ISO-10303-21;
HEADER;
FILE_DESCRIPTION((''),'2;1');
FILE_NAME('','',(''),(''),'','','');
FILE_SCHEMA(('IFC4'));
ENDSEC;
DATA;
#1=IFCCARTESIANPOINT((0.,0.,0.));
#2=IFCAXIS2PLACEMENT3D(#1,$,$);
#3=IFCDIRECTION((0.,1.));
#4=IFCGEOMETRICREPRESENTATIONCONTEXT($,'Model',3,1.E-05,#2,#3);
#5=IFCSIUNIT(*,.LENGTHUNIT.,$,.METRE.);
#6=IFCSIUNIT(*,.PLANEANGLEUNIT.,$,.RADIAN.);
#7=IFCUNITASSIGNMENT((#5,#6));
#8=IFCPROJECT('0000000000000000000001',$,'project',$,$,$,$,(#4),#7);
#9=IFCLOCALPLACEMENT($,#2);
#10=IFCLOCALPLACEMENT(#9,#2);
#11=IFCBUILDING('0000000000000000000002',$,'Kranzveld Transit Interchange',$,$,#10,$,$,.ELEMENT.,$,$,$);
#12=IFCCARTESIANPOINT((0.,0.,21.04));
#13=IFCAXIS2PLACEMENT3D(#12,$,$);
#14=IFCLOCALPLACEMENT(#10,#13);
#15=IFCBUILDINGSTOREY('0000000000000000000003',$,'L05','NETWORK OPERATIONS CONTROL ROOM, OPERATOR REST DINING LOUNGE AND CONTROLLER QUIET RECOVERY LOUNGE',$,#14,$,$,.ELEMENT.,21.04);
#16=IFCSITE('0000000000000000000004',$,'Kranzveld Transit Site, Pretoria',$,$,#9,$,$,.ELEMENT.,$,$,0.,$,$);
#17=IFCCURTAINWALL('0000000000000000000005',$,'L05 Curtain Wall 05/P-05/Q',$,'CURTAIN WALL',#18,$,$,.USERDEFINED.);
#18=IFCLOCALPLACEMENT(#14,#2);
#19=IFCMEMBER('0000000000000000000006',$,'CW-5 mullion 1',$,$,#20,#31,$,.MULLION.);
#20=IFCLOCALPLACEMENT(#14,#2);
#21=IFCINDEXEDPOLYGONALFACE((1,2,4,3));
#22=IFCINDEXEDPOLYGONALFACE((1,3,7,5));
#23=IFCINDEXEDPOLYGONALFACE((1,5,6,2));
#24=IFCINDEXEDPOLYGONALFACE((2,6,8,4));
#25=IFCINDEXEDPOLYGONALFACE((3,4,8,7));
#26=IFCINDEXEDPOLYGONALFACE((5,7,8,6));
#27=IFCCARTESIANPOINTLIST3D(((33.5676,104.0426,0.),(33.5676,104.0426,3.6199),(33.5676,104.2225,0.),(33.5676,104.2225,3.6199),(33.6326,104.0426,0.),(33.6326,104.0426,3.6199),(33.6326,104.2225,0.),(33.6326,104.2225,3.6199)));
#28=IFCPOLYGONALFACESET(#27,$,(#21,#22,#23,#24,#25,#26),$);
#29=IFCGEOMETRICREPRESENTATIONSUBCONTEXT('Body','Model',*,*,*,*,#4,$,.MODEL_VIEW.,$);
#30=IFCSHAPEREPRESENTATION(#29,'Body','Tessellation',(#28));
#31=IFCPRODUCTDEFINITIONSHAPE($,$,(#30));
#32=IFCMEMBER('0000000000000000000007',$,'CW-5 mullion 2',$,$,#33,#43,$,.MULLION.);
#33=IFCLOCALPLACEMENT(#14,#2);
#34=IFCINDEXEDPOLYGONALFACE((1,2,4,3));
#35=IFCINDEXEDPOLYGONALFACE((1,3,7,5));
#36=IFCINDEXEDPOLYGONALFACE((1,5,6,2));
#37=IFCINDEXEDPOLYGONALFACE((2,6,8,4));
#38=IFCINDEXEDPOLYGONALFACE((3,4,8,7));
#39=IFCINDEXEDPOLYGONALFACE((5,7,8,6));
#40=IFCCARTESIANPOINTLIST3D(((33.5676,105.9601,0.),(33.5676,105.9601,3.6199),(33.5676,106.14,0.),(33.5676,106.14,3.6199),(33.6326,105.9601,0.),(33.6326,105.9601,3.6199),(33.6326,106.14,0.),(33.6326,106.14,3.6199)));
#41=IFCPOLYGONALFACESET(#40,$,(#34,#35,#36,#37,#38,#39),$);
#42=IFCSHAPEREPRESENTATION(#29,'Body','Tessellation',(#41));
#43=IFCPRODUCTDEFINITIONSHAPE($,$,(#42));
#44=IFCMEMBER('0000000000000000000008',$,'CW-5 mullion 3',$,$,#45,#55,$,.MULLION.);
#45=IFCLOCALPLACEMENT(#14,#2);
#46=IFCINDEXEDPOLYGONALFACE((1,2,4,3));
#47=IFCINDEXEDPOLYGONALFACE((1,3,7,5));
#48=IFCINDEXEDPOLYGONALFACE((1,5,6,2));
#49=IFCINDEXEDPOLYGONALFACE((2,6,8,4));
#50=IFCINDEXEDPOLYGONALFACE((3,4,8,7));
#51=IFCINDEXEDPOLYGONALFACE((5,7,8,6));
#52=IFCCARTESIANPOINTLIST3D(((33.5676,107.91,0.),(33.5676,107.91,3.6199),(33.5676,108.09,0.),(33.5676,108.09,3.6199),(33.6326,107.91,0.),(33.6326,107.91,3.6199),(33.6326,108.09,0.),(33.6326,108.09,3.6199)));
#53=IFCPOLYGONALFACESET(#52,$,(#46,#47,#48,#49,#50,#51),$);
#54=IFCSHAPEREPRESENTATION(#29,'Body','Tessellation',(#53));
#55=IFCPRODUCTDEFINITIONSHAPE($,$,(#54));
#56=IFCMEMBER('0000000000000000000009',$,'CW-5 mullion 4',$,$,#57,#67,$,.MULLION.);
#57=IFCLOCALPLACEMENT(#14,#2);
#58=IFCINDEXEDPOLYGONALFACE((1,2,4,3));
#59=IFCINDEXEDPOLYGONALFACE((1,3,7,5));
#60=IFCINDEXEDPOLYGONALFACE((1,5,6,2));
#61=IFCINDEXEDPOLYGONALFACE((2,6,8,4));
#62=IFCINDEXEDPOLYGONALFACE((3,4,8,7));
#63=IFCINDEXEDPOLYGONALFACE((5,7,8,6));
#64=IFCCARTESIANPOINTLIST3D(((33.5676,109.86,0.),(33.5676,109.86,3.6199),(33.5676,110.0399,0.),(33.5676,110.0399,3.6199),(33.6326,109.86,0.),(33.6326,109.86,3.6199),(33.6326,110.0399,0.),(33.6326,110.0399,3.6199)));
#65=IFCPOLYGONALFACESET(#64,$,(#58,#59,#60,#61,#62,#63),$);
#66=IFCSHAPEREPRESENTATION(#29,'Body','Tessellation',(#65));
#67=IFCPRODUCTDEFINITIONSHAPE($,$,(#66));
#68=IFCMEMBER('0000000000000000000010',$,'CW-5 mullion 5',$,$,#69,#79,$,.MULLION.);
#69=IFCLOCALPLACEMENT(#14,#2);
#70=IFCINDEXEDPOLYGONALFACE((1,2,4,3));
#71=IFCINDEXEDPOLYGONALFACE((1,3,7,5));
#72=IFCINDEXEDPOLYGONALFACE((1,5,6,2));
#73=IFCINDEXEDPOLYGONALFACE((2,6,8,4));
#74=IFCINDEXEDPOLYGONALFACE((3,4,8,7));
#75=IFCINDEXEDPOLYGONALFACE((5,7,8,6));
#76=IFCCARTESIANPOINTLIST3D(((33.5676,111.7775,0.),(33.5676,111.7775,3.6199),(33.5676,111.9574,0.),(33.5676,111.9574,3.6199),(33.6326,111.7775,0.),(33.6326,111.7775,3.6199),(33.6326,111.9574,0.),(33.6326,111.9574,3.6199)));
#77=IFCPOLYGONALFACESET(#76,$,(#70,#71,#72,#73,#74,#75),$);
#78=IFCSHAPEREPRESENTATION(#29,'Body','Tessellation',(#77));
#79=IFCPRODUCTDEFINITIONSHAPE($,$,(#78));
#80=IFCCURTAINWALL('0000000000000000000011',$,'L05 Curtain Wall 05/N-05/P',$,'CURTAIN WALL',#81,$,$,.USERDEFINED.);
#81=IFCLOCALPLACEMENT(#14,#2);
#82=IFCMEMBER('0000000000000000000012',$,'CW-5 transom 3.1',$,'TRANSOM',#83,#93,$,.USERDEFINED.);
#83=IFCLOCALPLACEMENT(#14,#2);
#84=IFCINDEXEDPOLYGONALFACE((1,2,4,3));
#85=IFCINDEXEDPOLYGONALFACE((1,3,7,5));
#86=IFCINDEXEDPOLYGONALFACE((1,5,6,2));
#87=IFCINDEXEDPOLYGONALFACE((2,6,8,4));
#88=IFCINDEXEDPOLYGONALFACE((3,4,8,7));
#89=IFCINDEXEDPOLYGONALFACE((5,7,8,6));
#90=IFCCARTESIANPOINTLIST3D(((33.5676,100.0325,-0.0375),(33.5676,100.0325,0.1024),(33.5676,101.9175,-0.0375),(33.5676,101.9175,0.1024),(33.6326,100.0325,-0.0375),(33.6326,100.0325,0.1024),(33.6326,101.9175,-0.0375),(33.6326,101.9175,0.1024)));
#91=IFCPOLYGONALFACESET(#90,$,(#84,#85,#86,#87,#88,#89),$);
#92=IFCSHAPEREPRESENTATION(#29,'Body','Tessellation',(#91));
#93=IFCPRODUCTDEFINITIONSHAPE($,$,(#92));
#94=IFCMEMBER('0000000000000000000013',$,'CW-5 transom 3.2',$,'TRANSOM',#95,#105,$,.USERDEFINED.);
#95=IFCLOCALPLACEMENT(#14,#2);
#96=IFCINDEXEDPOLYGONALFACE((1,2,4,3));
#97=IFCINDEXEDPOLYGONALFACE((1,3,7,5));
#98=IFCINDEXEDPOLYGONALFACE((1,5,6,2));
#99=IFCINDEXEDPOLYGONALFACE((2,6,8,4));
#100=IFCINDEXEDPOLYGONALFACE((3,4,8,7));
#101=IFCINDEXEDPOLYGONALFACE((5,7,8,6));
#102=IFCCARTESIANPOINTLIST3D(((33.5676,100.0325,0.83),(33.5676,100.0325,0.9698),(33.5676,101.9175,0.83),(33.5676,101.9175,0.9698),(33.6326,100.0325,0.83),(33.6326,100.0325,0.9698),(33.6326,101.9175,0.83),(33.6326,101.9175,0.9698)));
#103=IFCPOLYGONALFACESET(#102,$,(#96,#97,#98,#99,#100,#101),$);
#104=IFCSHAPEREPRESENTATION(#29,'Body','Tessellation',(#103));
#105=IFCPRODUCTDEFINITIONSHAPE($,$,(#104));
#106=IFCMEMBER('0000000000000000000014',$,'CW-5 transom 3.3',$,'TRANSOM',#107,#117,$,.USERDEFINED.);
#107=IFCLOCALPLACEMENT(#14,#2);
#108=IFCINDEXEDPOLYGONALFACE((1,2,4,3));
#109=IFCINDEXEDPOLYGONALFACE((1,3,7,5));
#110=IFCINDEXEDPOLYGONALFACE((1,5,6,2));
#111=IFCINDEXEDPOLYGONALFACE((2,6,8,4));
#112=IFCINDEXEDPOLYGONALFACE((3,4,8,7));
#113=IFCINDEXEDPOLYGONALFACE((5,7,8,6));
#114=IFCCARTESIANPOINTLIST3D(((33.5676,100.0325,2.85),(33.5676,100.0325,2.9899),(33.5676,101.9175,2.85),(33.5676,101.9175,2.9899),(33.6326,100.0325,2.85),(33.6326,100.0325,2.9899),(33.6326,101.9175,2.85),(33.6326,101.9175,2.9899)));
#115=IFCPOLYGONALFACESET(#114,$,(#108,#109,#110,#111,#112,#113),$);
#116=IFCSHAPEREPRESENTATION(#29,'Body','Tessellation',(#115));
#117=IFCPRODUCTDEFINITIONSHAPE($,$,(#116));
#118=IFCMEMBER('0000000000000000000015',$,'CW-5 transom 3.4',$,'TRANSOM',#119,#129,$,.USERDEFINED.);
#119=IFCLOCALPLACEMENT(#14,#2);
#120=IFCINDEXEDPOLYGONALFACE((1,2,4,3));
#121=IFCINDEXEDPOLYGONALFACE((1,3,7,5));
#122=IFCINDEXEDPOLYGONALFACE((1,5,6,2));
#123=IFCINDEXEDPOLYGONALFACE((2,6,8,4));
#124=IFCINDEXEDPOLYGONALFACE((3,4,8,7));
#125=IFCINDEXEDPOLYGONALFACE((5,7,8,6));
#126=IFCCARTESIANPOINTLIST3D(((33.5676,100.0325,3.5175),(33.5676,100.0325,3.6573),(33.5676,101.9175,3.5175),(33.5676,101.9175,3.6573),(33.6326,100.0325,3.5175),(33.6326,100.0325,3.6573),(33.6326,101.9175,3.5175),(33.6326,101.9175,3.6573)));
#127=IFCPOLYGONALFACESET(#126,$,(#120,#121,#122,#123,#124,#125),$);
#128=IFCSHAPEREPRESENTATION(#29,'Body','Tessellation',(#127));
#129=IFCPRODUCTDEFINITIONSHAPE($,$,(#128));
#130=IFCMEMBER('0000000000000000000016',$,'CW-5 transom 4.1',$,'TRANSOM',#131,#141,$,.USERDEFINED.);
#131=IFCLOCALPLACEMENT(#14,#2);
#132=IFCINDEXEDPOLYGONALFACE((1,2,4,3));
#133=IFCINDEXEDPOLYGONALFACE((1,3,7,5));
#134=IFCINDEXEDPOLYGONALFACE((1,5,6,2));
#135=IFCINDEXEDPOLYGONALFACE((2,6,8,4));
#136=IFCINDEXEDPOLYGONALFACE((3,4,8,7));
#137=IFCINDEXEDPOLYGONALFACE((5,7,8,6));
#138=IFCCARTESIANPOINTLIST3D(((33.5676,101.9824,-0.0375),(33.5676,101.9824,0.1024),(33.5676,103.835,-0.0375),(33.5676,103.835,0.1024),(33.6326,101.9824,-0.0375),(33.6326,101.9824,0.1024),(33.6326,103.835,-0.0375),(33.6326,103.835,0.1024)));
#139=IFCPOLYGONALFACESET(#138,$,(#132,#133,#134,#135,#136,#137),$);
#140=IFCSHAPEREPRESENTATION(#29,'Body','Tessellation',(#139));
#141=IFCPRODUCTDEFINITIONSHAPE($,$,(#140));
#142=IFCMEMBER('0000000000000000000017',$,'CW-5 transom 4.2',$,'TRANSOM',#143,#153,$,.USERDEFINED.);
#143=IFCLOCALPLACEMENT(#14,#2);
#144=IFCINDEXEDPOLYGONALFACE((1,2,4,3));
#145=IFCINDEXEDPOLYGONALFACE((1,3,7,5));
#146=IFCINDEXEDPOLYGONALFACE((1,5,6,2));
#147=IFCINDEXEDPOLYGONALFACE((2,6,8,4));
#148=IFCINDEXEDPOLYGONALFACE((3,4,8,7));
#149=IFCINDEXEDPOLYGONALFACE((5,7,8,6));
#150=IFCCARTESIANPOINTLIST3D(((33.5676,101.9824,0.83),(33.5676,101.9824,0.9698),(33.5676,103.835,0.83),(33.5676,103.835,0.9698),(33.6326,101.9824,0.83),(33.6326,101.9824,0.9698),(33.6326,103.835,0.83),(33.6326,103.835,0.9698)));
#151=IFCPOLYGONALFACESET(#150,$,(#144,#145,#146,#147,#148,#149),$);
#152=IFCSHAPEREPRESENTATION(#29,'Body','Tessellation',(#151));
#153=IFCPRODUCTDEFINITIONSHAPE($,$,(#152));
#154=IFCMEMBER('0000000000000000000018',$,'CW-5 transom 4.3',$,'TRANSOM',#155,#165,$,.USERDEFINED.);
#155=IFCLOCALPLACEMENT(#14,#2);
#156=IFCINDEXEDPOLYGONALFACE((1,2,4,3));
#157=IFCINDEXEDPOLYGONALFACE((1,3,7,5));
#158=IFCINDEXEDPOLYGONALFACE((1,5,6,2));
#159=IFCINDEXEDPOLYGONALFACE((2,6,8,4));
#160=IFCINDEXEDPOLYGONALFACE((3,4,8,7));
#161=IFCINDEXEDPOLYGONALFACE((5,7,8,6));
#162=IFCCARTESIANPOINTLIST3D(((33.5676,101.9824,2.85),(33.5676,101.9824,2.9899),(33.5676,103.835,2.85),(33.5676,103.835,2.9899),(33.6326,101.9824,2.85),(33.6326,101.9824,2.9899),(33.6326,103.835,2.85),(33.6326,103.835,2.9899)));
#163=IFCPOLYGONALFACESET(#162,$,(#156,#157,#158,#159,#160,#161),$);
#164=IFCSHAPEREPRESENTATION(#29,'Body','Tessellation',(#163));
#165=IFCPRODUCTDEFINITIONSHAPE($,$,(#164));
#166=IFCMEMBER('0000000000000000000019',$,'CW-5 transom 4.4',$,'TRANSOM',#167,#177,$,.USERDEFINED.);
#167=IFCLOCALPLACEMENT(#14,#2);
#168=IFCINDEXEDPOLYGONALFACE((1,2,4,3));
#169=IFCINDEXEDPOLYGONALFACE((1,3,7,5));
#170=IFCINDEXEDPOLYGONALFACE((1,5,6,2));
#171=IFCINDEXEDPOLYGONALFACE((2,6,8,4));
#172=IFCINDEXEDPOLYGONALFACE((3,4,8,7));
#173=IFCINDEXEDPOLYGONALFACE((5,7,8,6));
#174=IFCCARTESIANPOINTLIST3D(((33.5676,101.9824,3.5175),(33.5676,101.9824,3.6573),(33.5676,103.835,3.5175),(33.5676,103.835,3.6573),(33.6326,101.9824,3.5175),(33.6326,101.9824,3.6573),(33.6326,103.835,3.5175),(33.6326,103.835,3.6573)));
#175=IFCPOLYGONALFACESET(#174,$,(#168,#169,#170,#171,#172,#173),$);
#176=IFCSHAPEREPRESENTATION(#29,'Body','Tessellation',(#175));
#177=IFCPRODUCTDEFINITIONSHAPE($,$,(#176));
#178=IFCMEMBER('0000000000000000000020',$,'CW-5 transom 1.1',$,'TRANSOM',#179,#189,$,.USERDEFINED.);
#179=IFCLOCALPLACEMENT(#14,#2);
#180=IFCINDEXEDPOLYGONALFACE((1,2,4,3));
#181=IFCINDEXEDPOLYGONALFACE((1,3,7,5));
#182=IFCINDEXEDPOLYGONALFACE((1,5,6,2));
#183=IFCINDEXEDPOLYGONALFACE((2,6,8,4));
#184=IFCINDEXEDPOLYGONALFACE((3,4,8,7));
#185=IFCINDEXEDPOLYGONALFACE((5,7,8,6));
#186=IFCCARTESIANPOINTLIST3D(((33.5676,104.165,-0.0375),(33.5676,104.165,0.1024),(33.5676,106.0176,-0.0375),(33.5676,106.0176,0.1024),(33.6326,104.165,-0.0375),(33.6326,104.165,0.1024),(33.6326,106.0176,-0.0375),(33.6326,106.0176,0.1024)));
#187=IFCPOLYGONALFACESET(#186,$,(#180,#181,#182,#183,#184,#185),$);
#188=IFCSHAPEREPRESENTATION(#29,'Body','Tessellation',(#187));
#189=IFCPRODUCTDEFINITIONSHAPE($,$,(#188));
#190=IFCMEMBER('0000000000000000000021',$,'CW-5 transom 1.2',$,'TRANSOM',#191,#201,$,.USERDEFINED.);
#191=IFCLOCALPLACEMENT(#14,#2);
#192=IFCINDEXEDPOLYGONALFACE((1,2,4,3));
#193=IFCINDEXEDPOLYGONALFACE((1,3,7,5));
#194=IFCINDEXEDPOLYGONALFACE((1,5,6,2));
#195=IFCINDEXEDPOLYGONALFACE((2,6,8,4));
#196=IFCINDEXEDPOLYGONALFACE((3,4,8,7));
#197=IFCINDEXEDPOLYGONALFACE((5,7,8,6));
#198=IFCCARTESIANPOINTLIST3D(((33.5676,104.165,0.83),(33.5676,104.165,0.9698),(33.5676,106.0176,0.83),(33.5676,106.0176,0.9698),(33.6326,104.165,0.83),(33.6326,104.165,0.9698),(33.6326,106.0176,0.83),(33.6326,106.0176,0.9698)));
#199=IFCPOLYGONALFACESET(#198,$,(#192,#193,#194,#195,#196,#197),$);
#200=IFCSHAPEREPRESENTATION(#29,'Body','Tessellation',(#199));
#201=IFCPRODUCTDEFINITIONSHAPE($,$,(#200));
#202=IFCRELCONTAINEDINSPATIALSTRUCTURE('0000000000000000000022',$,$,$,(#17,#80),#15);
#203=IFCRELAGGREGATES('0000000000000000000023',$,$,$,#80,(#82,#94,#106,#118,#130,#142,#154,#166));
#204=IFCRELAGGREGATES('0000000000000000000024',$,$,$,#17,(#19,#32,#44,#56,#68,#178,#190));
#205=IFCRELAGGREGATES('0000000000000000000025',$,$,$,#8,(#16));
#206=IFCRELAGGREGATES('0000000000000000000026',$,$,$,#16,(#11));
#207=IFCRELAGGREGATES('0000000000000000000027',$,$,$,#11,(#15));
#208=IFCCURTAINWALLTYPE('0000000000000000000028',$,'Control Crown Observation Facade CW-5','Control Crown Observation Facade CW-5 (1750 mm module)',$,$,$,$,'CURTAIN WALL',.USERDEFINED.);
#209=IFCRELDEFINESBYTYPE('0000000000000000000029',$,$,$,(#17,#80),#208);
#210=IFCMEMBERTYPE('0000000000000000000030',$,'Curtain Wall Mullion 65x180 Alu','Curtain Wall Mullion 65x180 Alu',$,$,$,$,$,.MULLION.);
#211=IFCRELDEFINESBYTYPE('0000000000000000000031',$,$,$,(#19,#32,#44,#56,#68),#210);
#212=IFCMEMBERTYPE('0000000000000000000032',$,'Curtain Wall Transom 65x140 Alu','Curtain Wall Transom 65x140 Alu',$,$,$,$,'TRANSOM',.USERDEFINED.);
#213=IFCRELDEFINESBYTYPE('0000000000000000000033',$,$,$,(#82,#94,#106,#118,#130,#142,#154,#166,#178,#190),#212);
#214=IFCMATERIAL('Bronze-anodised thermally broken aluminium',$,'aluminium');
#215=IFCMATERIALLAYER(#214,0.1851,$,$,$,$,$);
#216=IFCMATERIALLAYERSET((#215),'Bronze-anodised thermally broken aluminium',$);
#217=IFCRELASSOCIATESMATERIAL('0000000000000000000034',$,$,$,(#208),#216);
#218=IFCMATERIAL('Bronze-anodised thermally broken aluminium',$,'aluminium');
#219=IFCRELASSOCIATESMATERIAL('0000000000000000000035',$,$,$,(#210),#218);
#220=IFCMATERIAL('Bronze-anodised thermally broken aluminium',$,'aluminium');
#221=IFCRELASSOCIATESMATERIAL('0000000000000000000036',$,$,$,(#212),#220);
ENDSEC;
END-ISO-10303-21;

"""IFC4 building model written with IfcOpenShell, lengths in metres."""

from ifc_helpers import new_model, si_unit, direction, frame, origin, origin_2d, place, context, subcontext, project, spatial, rectangle, extrude, material, layer, layer_set, material_profile, profile_set, type_object, element, aggregate, save


model = new_model("IFC4")

# Units and contexts
model_context = context("Model", 3, precision=1e-05, world=origin(), true_north=direction((0.0, 1.0)))
body_context = subcontext(model_context, "Body", "Model", "MODEL_VIEW")
ifc_project = project(units=[si_unit("LENGTHUNIT", "METRE"), si_unit("PLANEANGLEUNIT", "RADIAN")], contexts=[model_context])

# Site, building, storey
site_placement = place(None, origin())
site = spatial("IfcSite", under=ifc_project, at=site_placement, Name="Kranzveld Transit Site, Pretoria", CompositionType="ELEMENT", RefElevation=0.0)
building_placement = place(site_placement, origin())
building = spatial("IfcBuilding", under=site, at=building_placement, Name="Kranzveld Transit Interchange", CompositionType="ELEMENT")
storey_placement = place(building_placement, frame((0.0, 0.0, 21.04)))
storey = spatial("IfcBuildingStorey", under=building, at=storey_placement, Name="L05", Description="NETWORK OPERATIONS CONTROL ROOM, OPERATOR REST DINING LOUNGE AND CONTROLLER QUIET RECOVERY LOUNGE", CompositionType="ELEMENT", Elevation=21.04)

# Curtain walls, members
ifc_material_1 = material(Name="Bronze-anodised thermally broken aluminium", Category="aluminium")
ifc_layer_1 = layer(ifc_material_1, 0.1851)
ifc_layer_set_1 = layer_set([ifc_layer_1], Name="Bronze-anodised thermally broken aluminium")
curtain_wall_type = type_object("IfcCurtainWallType", Name="Control Crown Observation Facade CW-5", Description="Control Crown Observation Facade CW-5 (1750 mm module)", ElementType="CURTAIN WALL", PredefinedType="USERDEFINED", material=ifc_layer_set_1)
curtain_wall_1_placement = place(storey_placement, origin())
curtain_wall_1 = element("IfcCurtainWall", 1, at=curtain_wall_1_placement, inside=storey, type_object=curtain_wall_type, Name="L05 Curtain Wall 05/P-05/Q", ObjectType="CURTAIN WALL", PredefinedType="USERDEFINED")
ifc_material_2 = material(Name="Bronze-anodised thermally broken aluminium", Category="aluminium")
ifc_material_profile_1 = material_profile(ifc_material_2, rectangle(XDim=0.0649, YDim=0.1799, at=origin_2d()), Name="ALU MULLION 65x180")
ifc_profile_set_1 = profile_set([ifc_material_profile_1], Name="Bronze-anodised thermally broken aluminium")
member_type_1 = type_object("IfcMemberType", Name="Curtain Wall Mullion 65x180 Alu", Description="Curtain Wall Mullion 65x180 Alu", PredefinedType="MULLION", material=ifc_profile_set_1)
member_1_placement = place(storey_placement, frame((33.6001, 104.1326, 0.0), z_axis=(0.0, 0.0, 1.0), x_axis=(-1.0, 0.0, 0.0)))
member_1 = element("IfcMember", 2, at=member_1_placement, type_object=member_type_1, Name="CW-5 mullion 1", PredefinedType="MULLION", context=body_context, shape_type="SweptSolid", body=[
    extrude(rectangle(XDim=0.0649, YDim=0.1799, at=origin_2d()), origin(), (0.0, 0.0, 1.0), 3.6199),
])
member_2_placement = place(storey_placement, frame((33.6001, 106.05, 0.0), z_axis=(0.0, 0.0, 1.0), x_axis=(-1.0, 0.0, 0.0)))
member_2 = element("IfcMember", 3, at=member_2_placement, type_object=member_type_1, Name="CW-5 mullion 2", PredefinedType="MULLION", context=body_context, shape_type="SweptSolid", body=[
    extrude(rectangle(XDim=0.0649, YDim=0.1799, at=origin_2d()), origin(), (0.0, 0.0, 1.0), 3.6199),
])
member_3_placement = place(storey_placement, frame((33.6001, 108.0, 0.0), z_axis=(0.0, 0.0, 1.0), x_axis=(-1.0, 0.0, 0.0)))
member_3 = element("IfcMember", 4, at=member_3_placement, type_object=member_type_1, Name="CW-5 mullion 3", PredefinedType="MULLION", context=body_context, shape_type="SweptSolid", body=[
    extrude(rectangle(XDim=0.0649, YDim=0.1799, at=origin_2d()), origin(), (0.0, 0.0, 1.0), 3.6199),
])
member_4_placement = place(storey_placement, frame((33.6001, 109.95, 0.0), z_axis=(0.0, 0.0, 1.0), x_axis=(-1.0, 0.0, 0.0)))
member_4 = element("IfcMember", 5, at=member_4_placement, type_object=member_type_1, Name="CW-5 mullion 4", PredefinedType="MULLION", context=body_context, shape_type="SweptSolid", body=[
    extrude(rectangle(XDim=0.0649, YDim=0.1799, at=origin_2d()), origin(), (0.0, 0.0, 1.0), 3.6199),
])
member_5_placement = place(storey_placement, frame((33.6001, 111.8674, 0.0), z_axis=(0.0, 0.0, 1.0), x_axis=(-1.0, 0.0, 0.0)))
member_5 = element("IfcMember", 6, at=member_5_placement, type_object=member_type_1, Name="CW-5 mullion 5", PredefinedType="MULLION", context=body_context, shape_type="SweptSolid", body=[
    extrude(rectangle(XDim=0.0649, YDim=0.1799, at=origin_2d()), origin(), (0.0, 0.0, 1.0), 3.6199),
])
curtain_wall_2_placement = place(storey_placement, origin())
curtain_wall_2 = element("IfcCurtainWall", 7, at=curtain_wall_2_placement, inside=storey, type_object=curtain_wall_type, Name="L05 Curtain Wall 05/N-05/P", ObjectType="CURTAIN WALL", PredefinedType="USERDEFINED")
ifc_material_3 = material(Name="Bronze-anodised thermally broken aluminium", Category="aluminium")
ifc_material_profile_2 = material_profile(ifc_material_3, rectangle(XDim=0.0649, YDim=0.1399, at=origin_2d()), Name="ALU TRANSOM 65x140")
ifc_profile_set_2 = profile_set([ifc_material_profile_2], Name="Bronze-anodised thermally broken aluminium")
member_type_2 = type_object("IfcMemberType", Name="Curtain Wall Transom 65x140 Alu", Description="Curtain Wall Transom 65x140 Alu", ElementType="TRANSOM", PredefinedType="USERDEFINED", material=ifc_profile_set_2)
member_6_placement = place(storey_placement, frame((33.6001, 100.0325, 0.0325), z_axis=(0.0, 1.0, 0.0), x_axis=(-1.0, 0.0, 0.0)))
member_6 = element("IfcMember", 8, at=member_6_placement, type_object=member_type_2, Name="CW-5 transom 3.1", ObjectType="TRANSOM", PredefinedType="USERDEFINED", context=body_context, shape_type="SweptSolid", body=[
    extrude(rectangle(XDim=0.0649, YDim=0.1399, at=origin_2d()), origin(), (0.0, 0.0, 1.0), 1.885),
])
member_7_placement = place(storey_placement, frame((33.6001, 100.0325, 0.8999), z_axis=(0.0, 1.0, 0.0), x_axis=(-1.0, 0.0, 0.0)))
member_7 = element("IfcMember", 9, at=member_7_placement, type_object=member_type_2, Name="CW-5 transom 3.2", ObjectType="TRANSOM", PredefinedType="USERDEFINED", context=body_context, shape_type="SweptSolid", body=[
    extrude(rectangle(XDim=0.0649, YDim=0.1399, at=origin_2d()), origin(), (0.0, 0.0, 1.0), 1.885),
])
member_8_placement = place(storey_placement, frame((33.6001, 100.0325, 2.9199), z_axis=(0.0, 1.0, 0.0), x_axis=(-1.0, 0.0, 0.0)))
member_8 = element("IfcMember", 10, at=member_8_placement, type_object=member_type_2, Name="CW-5 transom 3.3", ObjectType="TRANSOM", PredefinedType="USERDEFINED", context=body_context, shape_type="SweptSolid", body=[
    extrude(rectangle(XDim=0.0649, YDim=0.1399, at=origin_2d()), origin(), (0.0, 0.0, 1.0), 1.885),
])
member_9_placement = place(storey_placement, frame((33.6001, 100.0325, 3.5874), z_axis=(0.0, 1.0, 0.0), x_axis=(-1.0, 0.0, 0.0)))
member_9 = element("IfcMember", 11, at=member_9_placement, type_object=member_type_2, Name="CW-5 transom 3.4", ObjectType="TRANSOM", PredefinedType="USERDEFINED", context=body_context, shape_type="SweptSolid", body=[
    extrude(rectangle(XDim=0.0649, YDim=0.1399, at=origin_2d()), origin(), (0.0, 0.0, 1.0), 1.885),
])
member_10_placement = place(storey_placement, frame((33.6001, 101.9824, 0.0325), z_axis=(0.0, 1.0, 0.0), x_axis=(-1.0, 0.0, 0.0)))
member_10 = element("IfcMember", 12, at=member_10_placement, type_object=member_type_2, Name="CW-5 transom 4.1", ObjectType="TRANSOM", PredefinedType="USERDEFINED", context=body_context, shape_type="SweptSolid", body=[
    extrude(rectangle(XDim=0.0649, YDim=0.1399, at=origin_2d()), origin(), (0.0, 0.0, 1.0), 1.8525),
])
member_11_placement = place(storey_placement, frame((33.6001, 101.9824, 0.8999), z_axis=(0.0, 1.0, 0.0), x_axis=(-1.0, 0.0, 0.0)))
member_11 = element("IfcMember", 13, at=member_11_placement, type_object=member_type_2, Name="CW-5 transom 4.2", ObjectType="TRANSOM", PredefinedType="USERDEFINED", context=body_context, shape_type="SweptSolid", body=[
    extrude(rectangle(XDim=0.0649, YDim=0.1399, at=origin_2d()), origin(), (0.0, 0.0, 1.0), 1.8525),
])
member_12_placement = place(storey_placement, frame((33.6001, 101.9824, 2.9199), z_axis=(0.0, 1.0, 0.0), x_axis=(-1.0, 0.0, 0.0)))
member_12 = element("IfcMember", 14, at=member_12_placement, type_object=member_type_2, Name="CW-5 transom 4.3", ObjectType="TRANSOM", PredefinedType="USERDEFINED", context=body_context, shape_type="SweptSolid", body=[
    extrude(rectangle(XDim=0.0649, YDim=0.1399, at=origin_2d()), origin(), (0.0, 0.0, 1.0), 1.8525),
])
member_13_placement = place(storey_placement, frame((33.6001, 101.9824, 3.5874), z_axis=(0.0, 1.0, 0.0), x_axis=(-1.0, 0.0, 0.0)))
member_13 = element("IfcMember", 15, at=member_13_placement, type_object=member_type_2, Name="CW-5 transom 4.4", ObjectType="TRANSOM", PredefinedType="USERDEFINED", context=body_context, shape_type="SweptSolid", body=[
    extrude(rectangle(XDim=0.0649, YDim=0.1399, at=origin_2d()), origin(), (0.0, 0.0, 1.0), 1.8525),
])

# Members
member_14_placement = place(storey_placement, frame((33.6001, 104.165, 0.0325), z_axis=(0.0, 1.0, 0.0), x_axis=(-1.0, 0.0, 0.0)))
member_14 = element("IfcMember", 16, at=member_14_placement, type_object=member_type_2, Name="CW-5 transom 1.1", ObjectType="TRANSOM", PredefinedType="USERDEFINED", context=body_context, shape_type="SweptSolid", body=[
    extrude(rectangle(XDim=0.0649, YDim=0.1399, at=origin_2d()), origin(), (0.0, 0.0, 1.0), 1.8525),
])
member_15_placement = place(storey_placement, frame((33.6001, 104.165, 0.8999), z_axis=(0.0, 1.0, 0.0), x_axis=(-1.0, 0.0, 0.0)))
member_15 = element("IfcMember", 17, at=member_15_placement, type_object=member_type_2, Name="CW-5 transom 1.2", ObjectType="TRANSOM", PredefinedType="USERDEFINED", context=body_context, shape_type="SweptSolid", body=[
    extrude(rectangle(XDim=0.0649, YDim=0.1399, at=origin_2d()), origin(), (0.0, 0.0, 1.0), 1.8525),
])

aggregate(curtain_wall_2, [member_6, member_7, member_8, member_9, member_10, member_11, member_12, member_13])
aggregate(curtain_wall_1, [member_1, member_2, member_3, member_4, member_5, member_14, member_15])

save(model, "model.ifc")
